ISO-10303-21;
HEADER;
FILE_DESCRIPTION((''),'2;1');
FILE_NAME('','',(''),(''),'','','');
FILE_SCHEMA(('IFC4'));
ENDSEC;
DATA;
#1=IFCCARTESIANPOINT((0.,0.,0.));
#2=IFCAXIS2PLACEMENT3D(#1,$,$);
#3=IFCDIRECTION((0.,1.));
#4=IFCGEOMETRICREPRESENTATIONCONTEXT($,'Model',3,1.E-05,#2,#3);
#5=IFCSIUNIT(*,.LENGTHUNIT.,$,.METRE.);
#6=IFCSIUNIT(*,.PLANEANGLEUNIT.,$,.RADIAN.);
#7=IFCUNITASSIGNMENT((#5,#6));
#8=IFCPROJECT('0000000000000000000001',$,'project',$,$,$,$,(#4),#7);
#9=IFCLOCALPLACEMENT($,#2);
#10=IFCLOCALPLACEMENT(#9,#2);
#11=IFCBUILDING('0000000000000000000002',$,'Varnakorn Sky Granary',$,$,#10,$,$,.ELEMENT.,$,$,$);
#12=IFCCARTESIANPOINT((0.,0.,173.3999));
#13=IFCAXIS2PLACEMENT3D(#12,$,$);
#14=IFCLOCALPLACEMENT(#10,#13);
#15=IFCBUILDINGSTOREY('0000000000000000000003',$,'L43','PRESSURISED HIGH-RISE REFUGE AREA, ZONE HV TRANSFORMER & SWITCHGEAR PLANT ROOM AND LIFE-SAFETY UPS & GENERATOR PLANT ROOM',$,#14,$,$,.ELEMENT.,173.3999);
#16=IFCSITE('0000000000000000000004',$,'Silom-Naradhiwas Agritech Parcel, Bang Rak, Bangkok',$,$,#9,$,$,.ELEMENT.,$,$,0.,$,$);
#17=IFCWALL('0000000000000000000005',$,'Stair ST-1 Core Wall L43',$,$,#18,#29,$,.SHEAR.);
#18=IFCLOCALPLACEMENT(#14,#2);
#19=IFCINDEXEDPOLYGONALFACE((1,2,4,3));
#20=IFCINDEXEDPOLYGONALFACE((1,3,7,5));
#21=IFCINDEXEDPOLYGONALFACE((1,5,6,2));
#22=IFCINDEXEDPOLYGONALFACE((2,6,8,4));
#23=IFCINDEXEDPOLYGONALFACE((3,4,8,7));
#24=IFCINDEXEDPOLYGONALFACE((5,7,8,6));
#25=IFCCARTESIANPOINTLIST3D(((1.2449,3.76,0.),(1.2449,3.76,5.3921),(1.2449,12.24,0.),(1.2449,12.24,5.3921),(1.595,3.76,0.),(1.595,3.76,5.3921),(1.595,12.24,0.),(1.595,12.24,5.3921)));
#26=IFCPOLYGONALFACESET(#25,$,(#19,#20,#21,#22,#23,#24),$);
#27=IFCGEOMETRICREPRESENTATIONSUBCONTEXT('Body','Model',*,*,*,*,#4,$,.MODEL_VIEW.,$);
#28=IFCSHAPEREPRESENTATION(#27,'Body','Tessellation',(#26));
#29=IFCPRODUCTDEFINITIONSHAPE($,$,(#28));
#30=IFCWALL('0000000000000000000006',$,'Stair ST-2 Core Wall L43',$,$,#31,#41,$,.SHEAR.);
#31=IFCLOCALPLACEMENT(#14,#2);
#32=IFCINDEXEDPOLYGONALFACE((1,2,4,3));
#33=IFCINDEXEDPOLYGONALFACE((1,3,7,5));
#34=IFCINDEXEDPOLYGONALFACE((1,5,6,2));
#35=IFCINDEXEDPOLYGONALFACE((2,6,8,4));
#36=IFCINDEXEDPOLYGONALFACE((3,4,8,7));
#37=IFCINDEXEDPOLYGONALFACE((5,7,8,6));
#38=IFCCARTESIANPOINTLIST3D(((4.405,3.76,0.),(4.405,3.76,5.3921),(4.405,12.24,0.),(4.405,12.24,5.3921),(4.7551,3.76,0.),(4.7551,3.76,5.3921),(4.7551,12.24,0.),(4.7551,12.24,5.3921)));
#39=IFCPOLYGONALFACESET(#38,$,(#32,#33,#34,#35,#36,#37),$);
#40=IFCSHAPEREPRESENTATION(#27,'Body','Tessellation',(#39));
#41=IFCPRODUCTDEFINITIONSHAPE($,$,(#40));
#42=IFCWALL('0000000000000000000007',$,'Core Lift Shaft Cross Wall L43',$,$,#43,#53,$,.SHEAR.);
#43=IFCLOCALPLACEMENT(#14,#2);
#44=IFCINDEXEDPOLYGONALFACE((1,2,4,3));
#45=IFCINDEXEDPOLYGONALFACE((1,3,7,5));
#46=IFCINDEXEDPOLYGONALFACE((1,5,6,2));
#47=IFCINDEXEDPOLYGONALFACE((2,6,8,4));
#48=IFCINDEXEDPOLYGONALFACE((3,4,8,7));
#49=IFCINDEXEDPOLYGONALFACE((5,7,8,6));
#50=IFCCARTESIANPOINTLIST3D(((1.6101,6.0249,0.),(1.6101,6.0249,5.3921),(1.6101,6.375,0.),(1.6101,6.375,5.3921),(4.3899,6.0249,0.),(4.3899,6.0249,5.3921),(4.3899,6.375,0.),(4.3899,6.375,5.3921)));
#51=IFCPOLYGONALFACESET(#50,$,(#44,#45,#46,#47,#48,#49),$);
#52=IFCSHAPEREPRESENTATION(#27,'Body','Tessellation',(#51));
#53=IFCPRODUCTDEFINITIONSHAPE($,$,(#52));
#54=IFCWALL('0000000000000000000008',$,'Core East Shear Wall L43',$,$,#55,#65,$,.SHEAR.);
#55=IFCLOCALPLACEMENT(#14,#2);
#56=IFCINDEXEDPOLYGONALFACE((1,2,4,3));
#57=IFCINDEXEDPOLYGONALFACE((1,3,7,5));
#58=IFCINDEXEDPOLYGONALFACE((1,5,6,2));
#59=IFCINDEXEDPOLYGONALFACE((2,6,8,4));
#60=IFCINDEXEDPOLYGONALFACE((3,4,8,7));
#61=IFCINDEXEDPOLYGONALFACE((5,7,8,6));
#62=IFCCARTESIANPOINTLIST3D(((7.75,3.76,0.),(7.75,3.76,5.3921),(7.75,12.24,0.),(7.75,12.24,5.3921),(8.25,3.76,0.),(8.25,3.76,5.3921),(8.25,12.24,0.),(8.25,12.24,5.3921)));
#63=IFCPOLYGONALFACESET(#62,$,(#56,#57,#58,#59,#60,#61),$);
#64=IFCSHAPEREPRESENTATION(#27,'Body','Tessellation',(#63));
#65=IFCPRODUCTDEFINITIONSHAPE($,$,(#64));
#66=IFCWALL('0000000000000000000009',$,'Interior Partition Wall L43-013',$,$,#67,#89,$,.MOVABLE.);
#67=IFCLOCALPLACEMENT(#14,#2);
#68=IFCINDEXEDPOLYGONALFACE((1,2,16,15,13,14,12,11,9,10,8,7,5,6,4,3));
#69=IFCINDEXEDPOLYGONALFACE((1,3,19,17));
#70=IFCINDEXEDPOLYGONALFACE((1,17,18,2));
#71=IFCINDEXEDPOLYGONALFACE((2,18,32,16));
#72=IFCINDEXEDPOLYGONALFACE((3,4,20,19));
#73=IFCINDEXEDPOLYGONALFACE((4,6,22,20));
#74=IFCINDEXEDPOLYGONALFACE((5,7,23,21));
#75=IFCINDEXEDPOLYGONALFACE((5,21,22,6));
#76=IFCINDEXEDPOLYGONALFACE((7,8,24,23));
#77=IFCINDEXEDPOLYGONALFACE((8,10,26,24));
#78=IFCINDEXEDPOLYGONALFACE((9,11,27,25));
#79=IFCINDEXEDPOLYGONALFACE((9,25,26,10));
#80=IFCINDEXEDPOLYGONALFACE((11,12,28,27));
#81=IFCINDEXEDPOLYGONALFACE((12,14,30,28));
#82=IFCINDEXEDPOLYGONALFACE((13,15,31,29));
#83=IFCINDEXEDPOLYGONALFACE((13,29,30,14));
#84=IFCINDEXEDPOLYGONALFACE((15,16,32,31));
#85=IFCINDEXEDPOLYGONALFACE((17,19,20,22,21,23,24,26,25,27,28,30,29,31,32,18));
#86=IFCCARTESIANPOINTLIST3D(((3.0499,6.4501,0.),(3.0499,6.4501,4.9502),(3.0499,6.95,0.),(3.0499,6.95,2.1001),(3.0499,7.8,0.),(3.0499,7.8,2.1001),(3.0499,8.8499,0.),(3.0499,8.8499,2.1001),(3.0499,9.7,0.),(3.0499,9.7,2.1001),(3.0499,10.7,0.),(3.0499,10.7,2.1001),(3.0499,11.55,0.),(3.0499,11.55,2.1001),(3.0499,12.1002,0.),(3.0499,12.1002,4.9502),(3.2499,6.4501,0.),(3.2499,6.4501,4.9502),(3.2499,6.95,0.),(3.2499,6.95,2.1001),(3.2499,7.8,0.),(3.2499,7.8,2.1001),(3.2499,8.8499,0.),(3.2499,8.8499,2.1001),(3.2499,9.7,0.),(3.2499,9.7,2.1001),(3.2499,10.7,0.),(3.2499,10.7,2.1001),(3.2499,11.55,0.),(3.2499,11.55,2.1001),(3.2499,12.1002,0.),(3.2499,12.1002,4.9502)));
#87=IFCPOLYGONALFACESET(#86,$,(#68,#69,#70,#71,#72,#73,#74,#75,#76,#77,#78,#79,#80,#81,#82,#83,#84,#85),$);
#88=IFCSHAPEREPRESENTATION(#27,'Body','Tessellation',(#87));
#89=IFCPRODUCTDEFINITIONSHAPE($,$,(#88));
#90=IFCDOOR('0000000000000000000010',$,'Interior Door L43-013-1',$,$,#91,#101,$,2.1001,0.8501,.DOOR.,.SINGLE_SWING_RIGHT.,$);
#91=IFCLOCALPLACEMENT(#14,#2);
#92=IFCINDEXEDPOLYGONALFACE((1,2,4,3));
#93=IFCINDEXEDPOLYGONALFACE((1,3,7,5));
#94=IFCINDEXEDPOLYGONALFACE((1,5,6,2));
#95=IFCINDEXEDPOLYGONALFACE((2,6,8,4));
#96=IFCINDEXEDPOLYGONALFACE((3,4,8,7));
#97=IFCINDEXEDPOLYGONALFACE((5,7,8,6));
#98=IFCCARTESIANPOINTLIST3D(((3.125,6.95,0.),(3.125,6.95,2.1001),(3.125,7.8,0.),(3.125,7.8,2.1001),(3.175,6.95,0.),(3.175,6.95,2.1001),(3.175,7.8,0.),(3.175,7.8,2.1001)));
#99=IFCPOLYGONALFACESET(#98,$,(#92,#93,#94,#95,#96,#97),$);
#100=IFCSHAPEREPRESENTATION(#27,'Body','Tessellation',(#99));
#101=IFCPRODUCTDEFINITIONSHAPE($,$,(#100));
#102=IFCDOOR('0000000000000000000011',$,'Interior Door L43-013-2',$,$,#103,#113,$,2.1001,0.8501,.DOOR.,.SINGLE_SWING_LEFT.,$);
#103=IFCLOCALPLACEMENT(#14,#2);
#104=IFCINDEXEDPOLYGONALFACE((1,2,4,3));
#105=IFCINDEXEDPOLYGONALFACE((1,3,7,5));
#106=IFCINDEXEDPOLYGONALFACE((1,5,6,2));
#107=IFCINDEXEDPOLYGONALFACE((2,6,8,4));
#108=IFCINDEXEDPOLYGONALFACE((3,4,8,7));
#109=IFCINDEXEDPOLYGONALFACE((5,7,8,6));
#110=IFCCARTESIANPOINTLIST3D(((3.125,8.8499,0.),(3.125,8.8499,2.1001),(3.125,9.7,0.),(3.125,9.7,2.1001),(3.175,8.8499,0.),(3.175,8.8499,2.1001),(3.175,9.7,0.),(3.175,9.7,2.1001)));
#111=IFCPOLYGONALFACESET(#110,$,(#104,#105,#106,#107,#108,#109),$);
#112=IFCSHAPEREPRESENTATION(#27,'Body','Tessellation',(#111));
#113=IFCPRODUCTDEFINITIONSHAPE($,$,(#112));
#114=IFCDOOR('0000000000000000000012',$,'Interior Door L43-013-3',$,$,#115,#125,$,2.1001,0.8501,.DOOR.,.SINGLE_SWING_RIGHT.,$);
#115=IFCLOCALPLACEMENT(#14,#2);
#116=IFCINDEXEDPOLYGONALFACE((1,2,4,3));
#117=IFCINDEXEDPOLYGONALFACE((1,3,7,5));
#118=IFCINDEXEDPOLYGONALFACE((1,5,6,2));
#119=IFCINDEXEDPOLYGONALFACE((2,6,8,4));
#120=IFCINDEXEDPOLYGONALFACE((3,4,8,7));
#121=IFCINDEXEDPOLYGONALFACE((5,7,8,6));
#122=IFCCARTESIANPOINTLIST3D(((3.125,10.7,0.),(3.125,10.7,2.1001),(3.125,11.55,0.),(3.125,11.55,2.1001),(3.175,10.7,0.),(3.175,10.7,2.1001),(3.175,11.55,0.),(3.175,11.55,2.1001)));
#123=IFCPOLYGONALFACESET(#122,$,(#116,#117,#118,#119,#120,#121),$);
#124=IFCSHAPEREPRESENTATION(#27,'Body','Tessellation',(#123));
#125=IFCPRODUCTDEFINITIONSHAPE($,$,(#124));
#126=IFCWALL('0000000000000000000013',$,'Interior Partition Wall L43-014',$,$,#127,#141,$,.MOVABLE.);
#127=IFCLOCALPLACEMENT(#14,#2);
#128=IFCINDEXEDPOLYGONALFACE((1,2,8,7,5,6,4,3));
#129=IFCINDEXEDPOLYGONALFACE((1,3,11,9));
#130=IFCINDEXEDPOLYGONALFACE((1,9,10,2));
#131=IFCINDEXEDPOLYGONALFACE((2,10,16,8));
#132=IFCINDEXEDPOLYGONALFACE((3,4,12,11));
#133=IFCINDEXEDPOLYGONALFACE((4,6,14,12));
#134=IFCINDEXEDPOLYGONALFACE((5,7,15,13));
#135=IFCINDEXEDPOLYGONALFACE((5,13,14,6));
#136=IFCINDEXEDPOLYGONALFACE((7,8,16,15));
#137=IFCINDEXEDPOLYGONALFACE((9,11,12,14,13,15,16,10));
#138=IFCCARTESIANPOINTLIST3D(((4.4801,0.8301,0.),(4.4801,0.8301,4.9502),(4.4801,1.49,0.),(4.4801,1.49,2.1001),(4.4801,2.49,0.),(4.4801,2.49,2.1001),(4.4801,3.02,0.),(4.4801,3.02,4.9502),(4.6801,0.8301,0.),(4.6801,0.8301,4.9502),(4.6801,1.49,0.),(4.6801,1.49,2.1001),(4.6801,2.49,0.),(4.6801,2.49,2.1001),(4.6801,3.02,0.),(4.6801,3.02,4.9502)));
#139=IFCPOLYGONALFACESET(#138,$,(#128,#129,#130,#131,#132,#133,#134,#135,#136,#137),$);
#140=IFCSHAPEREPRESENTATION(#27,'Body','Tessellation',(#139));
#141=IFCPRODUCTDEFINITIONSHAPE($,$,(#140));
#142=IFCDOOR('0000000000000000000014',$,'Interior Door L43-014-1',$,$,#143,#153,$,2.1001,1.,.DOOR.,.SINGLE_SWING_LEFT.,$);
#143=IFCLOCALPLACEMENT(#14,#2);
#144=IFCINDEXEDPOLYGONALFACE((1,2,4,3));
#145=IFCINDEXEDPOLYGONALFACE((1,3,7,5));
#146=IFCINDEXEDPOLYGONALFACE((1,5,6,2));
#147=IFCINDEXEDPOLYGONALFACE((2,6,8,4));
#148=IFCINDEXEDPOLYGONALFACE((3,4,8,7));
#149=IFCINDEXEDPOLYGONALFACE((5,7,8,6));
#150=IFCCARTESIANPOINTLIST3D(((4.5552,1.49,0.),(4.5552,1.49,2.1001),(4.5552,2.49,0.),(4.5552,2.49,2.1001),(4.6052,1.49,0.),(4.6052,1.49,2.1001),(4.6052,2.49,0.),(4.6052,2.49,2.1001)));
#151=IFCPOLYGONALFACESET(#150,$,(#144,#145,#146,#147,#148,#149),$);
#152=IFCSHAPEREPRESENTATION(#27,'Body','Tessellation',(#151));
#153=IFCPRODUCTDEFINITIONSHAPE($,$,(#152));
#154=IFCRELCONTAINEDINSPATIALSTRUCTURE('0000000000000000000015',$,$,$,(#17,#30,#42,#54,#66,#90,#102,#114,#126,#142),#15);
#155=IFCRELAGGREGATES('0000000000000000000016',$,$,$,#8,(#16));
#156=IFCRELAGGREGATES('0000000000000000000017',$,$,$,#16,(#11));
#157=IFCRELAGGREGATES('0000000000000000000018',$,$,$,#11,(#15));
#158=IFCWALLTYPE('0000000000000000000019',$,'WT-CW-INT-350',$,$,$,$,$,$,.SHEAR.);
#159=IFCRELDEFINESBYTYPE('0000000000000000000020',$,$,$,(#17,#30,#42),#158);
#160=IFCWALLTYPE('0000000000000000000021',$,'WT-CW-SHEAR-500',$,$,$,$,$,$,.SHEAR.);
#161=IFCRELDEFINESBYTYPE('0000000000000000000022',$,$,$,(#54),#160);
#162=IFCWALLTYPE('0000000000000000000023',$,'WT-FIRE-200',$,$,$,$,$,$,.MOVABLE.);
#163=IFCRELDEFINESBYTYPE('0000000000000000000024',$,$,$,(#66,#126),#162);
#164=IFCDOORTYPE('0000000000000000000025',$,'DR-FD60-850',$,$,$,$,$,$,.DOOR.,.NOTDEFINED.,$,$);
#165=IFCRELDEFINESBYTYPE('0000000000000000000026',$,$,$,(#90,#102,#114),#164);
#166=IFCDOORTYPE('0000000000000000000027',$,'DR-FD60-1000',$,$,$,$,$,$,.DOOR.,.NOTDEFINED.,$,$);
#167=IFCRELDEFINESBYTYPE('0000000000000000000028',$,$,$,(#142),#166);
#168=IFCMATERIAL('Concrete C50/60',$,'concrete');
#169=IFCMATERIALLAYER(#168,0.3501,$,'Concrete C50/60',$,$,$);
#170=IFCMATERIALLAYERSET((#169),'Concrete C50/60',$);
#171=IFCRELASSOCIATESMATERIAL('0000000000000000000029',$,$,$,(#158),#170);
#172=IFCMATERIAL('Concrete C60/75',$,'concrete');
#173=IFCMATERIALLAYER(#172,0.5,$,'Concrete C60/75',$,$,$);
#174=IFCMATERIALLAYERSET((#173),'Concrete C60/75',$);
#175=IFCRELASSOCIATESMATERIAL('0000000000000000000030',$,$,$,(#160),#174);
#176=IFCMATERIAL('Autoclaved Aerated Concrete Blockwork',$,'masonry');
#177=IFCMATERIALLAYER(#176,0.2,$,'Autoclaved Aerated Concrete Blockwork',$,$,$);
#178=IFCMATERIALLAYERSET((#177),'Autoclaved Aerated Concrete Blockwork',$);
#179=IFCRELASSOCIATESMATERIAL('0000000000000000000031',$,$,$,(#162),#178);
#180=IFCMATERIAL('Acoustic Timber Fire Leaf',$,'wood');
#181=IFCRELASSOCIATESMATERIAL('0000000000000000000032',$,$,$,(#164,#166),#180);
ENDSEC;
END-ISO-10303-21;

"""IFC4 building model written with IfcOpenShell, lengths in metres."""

from ifc_helpers import new_model, si_unit, direction, frame, frame_2d, origin, place, context, subcontext, project, spatial, rectangle, extrude, material, layer, layer_set, type_object, element, fill, save


model = new_model("IFC4")

# Units and contexts
model_context = context("Model", 3, precision=1e-05, world=origin(), true_north=direction((0.0, 1.0)))
body_context = subcontext(model_context, "Body", "Model", "MODEL_VIEW")
ifc_project = project(units=[si_unit("LENGTHUNIT", "METRE"), si_unit("PLANEANGLEUNIT", "RADIAN")], contexts=[model_context])

# Site, building, storey
site_placement = place(None, origin())
site = spatial("IfcSite", under=ifc_project, at=site_placement, Name="Silom-Naradhiwas Agritech Parcel, Bang Rak, Bangkok", CompositionType="ELEMENT", RefElevation=0.0)
building_placement = place(site_placement, origin())
building = spatial("IfcBuilding", under=site, at=building_placement, Name="Varnakorn Sky Granary", CompositionType="ELEMENT")
storey_placement = place(building_placement, frame((0.0, 0.0, 173.3999)))
storey = spatial("IfcBuildingStorey", under=building, at=storey_placement, Name="L43", Description="PRESSURISED HIGH-RISE REFUGE AREA, ZONE HV TRANSFORMER & SWITCHGEAR PLANT ROOM AND LIFE-SAFETY UPS & GENERATOR PLANT ROOM", CompositionType="ELEMENT", Elevation=173.3999)

# Walls
ifc_material_1 = material(Name="Concrete C50/60", Category="concrete")
ifc_layer_1 = layer(ifc_material_1, 0.3501, Name="Concrete C50/60")
ifc_layer_set_1 = layer_set([ifc_layer_1], Name="Concrete C50/60")
wall_type_1 = type_object("IfcWallType", Name="WT-CW-INT-350", PredefinedType="SHEAR", material=ifc_layer_set_1)
for number, where, z_axis, x_axis, name in (
    (1, (1.4199, 3.76, 0.0), (0.0, 0.0, 1.0), (0.0, 1.0, 0.0), "Stair ST-1 Core Wall L43"),
    (2, (4.5801, 3.76, 0.0), (0.0, 0.0, 1.0), (0.0, 1.0, 0.0), "Stair ST-2 Core Wall L43"),
):
    element("IfcWall", number, at=place(storey_placement, frame(where, z_axis=z_axis, x_axis=x_axis)), inside=storey, type_object=wall_type_1, Name=name, PredefinedType="SHEAR", context=body_context, shape_type="SweptSolid", body=[
        extrude(rectangle(XDim=8.48, YDim=0.3501, at=frame_2d((4.24, 0.0))), origin(), (0.0, 0.0, 1.0), 5.3921),
    ])
wall_1_placement = place(storey_placement, frame((1.6101, 6.2, 0.0), z_axis=(0.0, 0.0, 1.0), x_axis=(1.0, 0.0, 0.0)))
element("IfcWall", 3, at=wall_1_placement, inside=storey, type_object=wall_type_1, Name="Core Lift Shaft Cross Wall L43", PredefinedType="SHEAR", context=body_context, shape_type="SweptSolid", body=[
    extrude(rectangle(XDim=2.7798, YDim=0.3501, at=frame_2d((1.3899, 0.0))), origin(), (0.0, 0.0, 1.0), 5.3921),
])
ifc_material_2 = material(Name="Concrete C60/75", Category="concrete")
ifc_layer_2 = layer(ifc_material_2, 0.5, Name="Concrete C60/75")
ifc_layer_set_2 = layer_set([ifc_layer_2], Name="Concrete C60/75")
wall_type_2 = type_object("IfcWallType", Name="WT-CW-SHEAR-500", PredefinedType="SHEAR", material=ifc_layer_set_2)
wall_2_placement = place(storey_placement, frame((8.0, 3.76, 0.0), z_axis=(0.0, 0.0, 1.0), x_axis=(0.0, 1.0, 0.0)))
element("IfcWall", 4, at=wall_2_placement, inside=storey, type_object=wall_type_2, Name="Core East Shear Wall L43", PredefinedType="SHEAR", context=body_context, shape_type="SweptSolid", body=[
    extrude(rectangle(XDim=8.48, YDim=0.5, at=frame_2d((4.24, 0.0))), origin(), (0.0, 0.0, 1.0), 5.3921),
])

# Wall, openings, doors
ifc_material_3 = material(Name="Autoclaved Aerated Concrete Blockwork", Category="masonry")
ifc_layer_3 = layer(ifc_material_3, 0.2, Name="Autoclaved Aerated Concrete Blockwork")
ifc_layer_set_3 = layer_set([ifc_layer_3], Name="Autoclaved Aerated Concrete Blockwork")
wall_type_3 = type_object("IfcWallType", Name="WT-FIRE-200", PredefinedType="MOVABLE", material=ifc_layer_set_3)
wall_3_placement = place(storey_placement, frame((3.1499, 6.45, 0.0), z_axis=(0.0, 0.0, 1.0), x_axis=(0.0, 1.0, 0.0)))
wall_3 = element("IfcWall", 5, at=wall_3_placement, inside=storey, type_object=wall_type_3, Name="Interior Partition Wall L43-013", PredefinedType="MOVABLE", context=body_context, shape_type="SweptSolid", body=[
    extrude(rectangle(XDim=5.6501, YDim=0.2, at=frame_2d((2.8252, 0.0))), origin(), (0.0, 0.0, 1.0), 4.9502),
])
opening_1_placement = place(wall_3_placement, frame((0.5, 0.0, 0.0)))
opening_1 = element("IfcOpeningElement", 6, at=opening_1_placement, cuts=wall_3, PredefinedType="OPENING", context=body_context, shape_type="SweptSolid", body=[
    extrude(rectangle(XDim=0.8501, YDim=2.1001, at=frame_2d((0.425, 1.05))), frame((0.0, 0.1099, 0.0), z_axis=(0.0, -1.0, 0.0), x_axis=(1.0, 0.0, 0.0)), (0.0, 0.0, 1.0), 0.22),
])
opening_2_placement = place(wall_3_placement, frame((2.3999, 0.0, 0.0)))
opening_2 = element("IfcOpeningElement", 7, at=opening_2_placement, cuts=wall_3, PredefinedType="OPENING", context=body_context, shape_type="SweptSolid", body=[
    extrude(rectangle(XDim=0.8501, YDim=2.1001, at=frame_2d((0.425, 1.05))), frame((0.0, 0.1099, 0.0), z_axis=(0.0, -1.0, 0.0), x_axis=(1.0, 0.0, 0.0)), (0.0, 0.0, 1.0), 0.22),
])
opening_3_placement = place(wall_3_placement, frame((4.25, 0.0, 0.0)))
opening_3 = element("IfcOpeningElement", 8, at=opening_3_placement, cuts=wall_3, PredefinedType="OPENING", context=body_context, shape_type="SweptSolid", body=[
    extrude(rectangle(XDim=0.8501, YDim=2.1001, at=frame_2d((0.425, 1.05))), frame((0.0, 0.1099, 0.0), z_axis=(0.0, -1.0, 0.0), x_axis=(1.0, 0.0, 0.0)), (0.0, 0.0, 1.0), 0.22),
])
ifc_material_4 = material(Name="Acoustic Timber Fire Leaf", Category="wood")
door_type_1 = type_object("IfcDoorType", Name="DR-FD60-850", OperationType="NOTDEFINED", PredefinedType="DOOR", material=ifc_material_4)
door_1_placement = place(opening_1_placement, origin())
door_1 = element("IfcDoor", 9, at=door_1_placement, inside=storey, type_object=door_type_1, Name="Interior Door L43-013-1", OperationType="SINGLE_SWING_RIGHT", OverallHeight=2.1001, OverallWidth=0.8501, PredefinedType="DOOR", context=body_context, shape_type="SweptSolid", body=[
    extrude(rectangle(XDim=0.8501, YDim=2.1001, at=frame_2d((0.425, 1.05))), frame((0.0, 0.0249, 0.0), z_axis=(0.0, -1.0, 0.0), x_axis=(1.0, 0.0, 0.0)), (0.0, 0.0, 1.0), 0.05),
])
fill(opening_1, door_1)
door_2_placement = place(opening_2_placement, origin())
door_2 = element("IfcDoor", 10, at=door_2_placement, inside=storey, type_object=door_type_1, Name="Interior Door L43-013-2", OperationType="SINGLE_SWING_LEFT", OverallHeight=2.1001, OverallWidth=0.8501, PredefinedType="DOOR", context=body_context, shape_type="SweptSolid", body=[
    extrude(rectangle(XDim=0.8501, YDim=2.1001, at=frame_2d((0.425, 1.05))), frame((0.0, 0.0249, 0.0), z_axis=(0.0, -1.0, 0.0), x_axis=(1.0, 0.0, 0.0)), (0.0, 0.0, 1.0), 0.05),
])
fill(opening_2, door_2)
door_3_placement = place(opening_3_placement, origin())
door_3 = element("IfcDoor", 11, at=door_3_placement, inside=storey, type_object=door_type_1, Name="Interior Door L43-013-3", OperationType="SINGLE_SWING_RIGHT", OverallHeight=2.1001, OverallWidth=0.8501, PredefinedType="DOOR", context=body_context, shape_type="SweptSolid", body=[
    extrude(rectangle(XDim=0.8501, YDim=2.1001, at=frame_2d((0.425, 1.05))), frame((0.0, 0.0249, 0.0), z_axis=(0.0, -1.0, 0.0), x_axis=(1.0, 0.0, 0.0)), (0.0, 0.0, 1.0), 0.05),
])
fill(opening_3, door_3)

# Wall, opening, door
wall_4_placement = place(storey_placement, frame((4.5801, 0.8301, 0.0), z_axis=(0.0, 0.0, 1.0), x_axis=(0.0, 1.0, 0.0)))
wall_4 = element("IfcWall", 12, at=wall_4_placement, inside=storey, type_object=wall_type_3, Name="Interior Partition Wall L43-014", PredefinedType="MOVABLE", context=body_context, shape_type="SweptSolid", body=[
    extrude(rectangle(XDim=2.1899, YDim=0.2, at=frame_2d((1.095, 0.0))), origin(), (0.0, 0.0, 1.0), 4.9502),
])
opening_4_placement = place(wall_4_placement, frame((0.6599, 0.0, 0.0)))
opening_4 = element("IfcOpeningElement", 13, at=opening_4_placement, cuts=wall_4, PredefinedType="OPENING", context=body_context, shape_type="SweptSolid", body=[
    extrude(rectangle(XDim=1.0, YDim=2.1001, at=frame_2d((0.5, 1.05))), frame((0.0, 0.1099, 0.0), z_axis=(0.0, -1.0, 0.0), x_axis=(1.0, 0.0, 0.0)), (0.0, 0.0, 1.0), 0.22),
])
door_type_2 = type_object("IfcDoorType", Name="DR-FD60-1000", OperationType="NOTDEFINED", PredefinedType="DOOR", material=ifc_material_4)
door_4_placement = place(opening_4_placement, origin())
door_4 = element("IfcDoor", 14, at=door_4_placement, inside=storey, type_object=door_type_2, Name="Interior Door L43-014-1", OperationType="SINGLE_SWING_LEFT", OverallHeight=2.1001, OverallWidth=1.0, PredefinedType="DOOR", context=body_context, shape_type="SweptSolid", body=[
    extrude(rectangle(XDim=1.0, YDim=2.1001, at=frame_2d((0.5, 1.05))), frame((0.0, 0.0249, 0.0), z_axis=(0.0, -1.0, 0.0), x_axis=(1.0, 0.0, 0.0)), (0.0, 0.0, 1.0), 0.05),
])
fill(opening_4, door_4)

save(model, "model.ifc")
